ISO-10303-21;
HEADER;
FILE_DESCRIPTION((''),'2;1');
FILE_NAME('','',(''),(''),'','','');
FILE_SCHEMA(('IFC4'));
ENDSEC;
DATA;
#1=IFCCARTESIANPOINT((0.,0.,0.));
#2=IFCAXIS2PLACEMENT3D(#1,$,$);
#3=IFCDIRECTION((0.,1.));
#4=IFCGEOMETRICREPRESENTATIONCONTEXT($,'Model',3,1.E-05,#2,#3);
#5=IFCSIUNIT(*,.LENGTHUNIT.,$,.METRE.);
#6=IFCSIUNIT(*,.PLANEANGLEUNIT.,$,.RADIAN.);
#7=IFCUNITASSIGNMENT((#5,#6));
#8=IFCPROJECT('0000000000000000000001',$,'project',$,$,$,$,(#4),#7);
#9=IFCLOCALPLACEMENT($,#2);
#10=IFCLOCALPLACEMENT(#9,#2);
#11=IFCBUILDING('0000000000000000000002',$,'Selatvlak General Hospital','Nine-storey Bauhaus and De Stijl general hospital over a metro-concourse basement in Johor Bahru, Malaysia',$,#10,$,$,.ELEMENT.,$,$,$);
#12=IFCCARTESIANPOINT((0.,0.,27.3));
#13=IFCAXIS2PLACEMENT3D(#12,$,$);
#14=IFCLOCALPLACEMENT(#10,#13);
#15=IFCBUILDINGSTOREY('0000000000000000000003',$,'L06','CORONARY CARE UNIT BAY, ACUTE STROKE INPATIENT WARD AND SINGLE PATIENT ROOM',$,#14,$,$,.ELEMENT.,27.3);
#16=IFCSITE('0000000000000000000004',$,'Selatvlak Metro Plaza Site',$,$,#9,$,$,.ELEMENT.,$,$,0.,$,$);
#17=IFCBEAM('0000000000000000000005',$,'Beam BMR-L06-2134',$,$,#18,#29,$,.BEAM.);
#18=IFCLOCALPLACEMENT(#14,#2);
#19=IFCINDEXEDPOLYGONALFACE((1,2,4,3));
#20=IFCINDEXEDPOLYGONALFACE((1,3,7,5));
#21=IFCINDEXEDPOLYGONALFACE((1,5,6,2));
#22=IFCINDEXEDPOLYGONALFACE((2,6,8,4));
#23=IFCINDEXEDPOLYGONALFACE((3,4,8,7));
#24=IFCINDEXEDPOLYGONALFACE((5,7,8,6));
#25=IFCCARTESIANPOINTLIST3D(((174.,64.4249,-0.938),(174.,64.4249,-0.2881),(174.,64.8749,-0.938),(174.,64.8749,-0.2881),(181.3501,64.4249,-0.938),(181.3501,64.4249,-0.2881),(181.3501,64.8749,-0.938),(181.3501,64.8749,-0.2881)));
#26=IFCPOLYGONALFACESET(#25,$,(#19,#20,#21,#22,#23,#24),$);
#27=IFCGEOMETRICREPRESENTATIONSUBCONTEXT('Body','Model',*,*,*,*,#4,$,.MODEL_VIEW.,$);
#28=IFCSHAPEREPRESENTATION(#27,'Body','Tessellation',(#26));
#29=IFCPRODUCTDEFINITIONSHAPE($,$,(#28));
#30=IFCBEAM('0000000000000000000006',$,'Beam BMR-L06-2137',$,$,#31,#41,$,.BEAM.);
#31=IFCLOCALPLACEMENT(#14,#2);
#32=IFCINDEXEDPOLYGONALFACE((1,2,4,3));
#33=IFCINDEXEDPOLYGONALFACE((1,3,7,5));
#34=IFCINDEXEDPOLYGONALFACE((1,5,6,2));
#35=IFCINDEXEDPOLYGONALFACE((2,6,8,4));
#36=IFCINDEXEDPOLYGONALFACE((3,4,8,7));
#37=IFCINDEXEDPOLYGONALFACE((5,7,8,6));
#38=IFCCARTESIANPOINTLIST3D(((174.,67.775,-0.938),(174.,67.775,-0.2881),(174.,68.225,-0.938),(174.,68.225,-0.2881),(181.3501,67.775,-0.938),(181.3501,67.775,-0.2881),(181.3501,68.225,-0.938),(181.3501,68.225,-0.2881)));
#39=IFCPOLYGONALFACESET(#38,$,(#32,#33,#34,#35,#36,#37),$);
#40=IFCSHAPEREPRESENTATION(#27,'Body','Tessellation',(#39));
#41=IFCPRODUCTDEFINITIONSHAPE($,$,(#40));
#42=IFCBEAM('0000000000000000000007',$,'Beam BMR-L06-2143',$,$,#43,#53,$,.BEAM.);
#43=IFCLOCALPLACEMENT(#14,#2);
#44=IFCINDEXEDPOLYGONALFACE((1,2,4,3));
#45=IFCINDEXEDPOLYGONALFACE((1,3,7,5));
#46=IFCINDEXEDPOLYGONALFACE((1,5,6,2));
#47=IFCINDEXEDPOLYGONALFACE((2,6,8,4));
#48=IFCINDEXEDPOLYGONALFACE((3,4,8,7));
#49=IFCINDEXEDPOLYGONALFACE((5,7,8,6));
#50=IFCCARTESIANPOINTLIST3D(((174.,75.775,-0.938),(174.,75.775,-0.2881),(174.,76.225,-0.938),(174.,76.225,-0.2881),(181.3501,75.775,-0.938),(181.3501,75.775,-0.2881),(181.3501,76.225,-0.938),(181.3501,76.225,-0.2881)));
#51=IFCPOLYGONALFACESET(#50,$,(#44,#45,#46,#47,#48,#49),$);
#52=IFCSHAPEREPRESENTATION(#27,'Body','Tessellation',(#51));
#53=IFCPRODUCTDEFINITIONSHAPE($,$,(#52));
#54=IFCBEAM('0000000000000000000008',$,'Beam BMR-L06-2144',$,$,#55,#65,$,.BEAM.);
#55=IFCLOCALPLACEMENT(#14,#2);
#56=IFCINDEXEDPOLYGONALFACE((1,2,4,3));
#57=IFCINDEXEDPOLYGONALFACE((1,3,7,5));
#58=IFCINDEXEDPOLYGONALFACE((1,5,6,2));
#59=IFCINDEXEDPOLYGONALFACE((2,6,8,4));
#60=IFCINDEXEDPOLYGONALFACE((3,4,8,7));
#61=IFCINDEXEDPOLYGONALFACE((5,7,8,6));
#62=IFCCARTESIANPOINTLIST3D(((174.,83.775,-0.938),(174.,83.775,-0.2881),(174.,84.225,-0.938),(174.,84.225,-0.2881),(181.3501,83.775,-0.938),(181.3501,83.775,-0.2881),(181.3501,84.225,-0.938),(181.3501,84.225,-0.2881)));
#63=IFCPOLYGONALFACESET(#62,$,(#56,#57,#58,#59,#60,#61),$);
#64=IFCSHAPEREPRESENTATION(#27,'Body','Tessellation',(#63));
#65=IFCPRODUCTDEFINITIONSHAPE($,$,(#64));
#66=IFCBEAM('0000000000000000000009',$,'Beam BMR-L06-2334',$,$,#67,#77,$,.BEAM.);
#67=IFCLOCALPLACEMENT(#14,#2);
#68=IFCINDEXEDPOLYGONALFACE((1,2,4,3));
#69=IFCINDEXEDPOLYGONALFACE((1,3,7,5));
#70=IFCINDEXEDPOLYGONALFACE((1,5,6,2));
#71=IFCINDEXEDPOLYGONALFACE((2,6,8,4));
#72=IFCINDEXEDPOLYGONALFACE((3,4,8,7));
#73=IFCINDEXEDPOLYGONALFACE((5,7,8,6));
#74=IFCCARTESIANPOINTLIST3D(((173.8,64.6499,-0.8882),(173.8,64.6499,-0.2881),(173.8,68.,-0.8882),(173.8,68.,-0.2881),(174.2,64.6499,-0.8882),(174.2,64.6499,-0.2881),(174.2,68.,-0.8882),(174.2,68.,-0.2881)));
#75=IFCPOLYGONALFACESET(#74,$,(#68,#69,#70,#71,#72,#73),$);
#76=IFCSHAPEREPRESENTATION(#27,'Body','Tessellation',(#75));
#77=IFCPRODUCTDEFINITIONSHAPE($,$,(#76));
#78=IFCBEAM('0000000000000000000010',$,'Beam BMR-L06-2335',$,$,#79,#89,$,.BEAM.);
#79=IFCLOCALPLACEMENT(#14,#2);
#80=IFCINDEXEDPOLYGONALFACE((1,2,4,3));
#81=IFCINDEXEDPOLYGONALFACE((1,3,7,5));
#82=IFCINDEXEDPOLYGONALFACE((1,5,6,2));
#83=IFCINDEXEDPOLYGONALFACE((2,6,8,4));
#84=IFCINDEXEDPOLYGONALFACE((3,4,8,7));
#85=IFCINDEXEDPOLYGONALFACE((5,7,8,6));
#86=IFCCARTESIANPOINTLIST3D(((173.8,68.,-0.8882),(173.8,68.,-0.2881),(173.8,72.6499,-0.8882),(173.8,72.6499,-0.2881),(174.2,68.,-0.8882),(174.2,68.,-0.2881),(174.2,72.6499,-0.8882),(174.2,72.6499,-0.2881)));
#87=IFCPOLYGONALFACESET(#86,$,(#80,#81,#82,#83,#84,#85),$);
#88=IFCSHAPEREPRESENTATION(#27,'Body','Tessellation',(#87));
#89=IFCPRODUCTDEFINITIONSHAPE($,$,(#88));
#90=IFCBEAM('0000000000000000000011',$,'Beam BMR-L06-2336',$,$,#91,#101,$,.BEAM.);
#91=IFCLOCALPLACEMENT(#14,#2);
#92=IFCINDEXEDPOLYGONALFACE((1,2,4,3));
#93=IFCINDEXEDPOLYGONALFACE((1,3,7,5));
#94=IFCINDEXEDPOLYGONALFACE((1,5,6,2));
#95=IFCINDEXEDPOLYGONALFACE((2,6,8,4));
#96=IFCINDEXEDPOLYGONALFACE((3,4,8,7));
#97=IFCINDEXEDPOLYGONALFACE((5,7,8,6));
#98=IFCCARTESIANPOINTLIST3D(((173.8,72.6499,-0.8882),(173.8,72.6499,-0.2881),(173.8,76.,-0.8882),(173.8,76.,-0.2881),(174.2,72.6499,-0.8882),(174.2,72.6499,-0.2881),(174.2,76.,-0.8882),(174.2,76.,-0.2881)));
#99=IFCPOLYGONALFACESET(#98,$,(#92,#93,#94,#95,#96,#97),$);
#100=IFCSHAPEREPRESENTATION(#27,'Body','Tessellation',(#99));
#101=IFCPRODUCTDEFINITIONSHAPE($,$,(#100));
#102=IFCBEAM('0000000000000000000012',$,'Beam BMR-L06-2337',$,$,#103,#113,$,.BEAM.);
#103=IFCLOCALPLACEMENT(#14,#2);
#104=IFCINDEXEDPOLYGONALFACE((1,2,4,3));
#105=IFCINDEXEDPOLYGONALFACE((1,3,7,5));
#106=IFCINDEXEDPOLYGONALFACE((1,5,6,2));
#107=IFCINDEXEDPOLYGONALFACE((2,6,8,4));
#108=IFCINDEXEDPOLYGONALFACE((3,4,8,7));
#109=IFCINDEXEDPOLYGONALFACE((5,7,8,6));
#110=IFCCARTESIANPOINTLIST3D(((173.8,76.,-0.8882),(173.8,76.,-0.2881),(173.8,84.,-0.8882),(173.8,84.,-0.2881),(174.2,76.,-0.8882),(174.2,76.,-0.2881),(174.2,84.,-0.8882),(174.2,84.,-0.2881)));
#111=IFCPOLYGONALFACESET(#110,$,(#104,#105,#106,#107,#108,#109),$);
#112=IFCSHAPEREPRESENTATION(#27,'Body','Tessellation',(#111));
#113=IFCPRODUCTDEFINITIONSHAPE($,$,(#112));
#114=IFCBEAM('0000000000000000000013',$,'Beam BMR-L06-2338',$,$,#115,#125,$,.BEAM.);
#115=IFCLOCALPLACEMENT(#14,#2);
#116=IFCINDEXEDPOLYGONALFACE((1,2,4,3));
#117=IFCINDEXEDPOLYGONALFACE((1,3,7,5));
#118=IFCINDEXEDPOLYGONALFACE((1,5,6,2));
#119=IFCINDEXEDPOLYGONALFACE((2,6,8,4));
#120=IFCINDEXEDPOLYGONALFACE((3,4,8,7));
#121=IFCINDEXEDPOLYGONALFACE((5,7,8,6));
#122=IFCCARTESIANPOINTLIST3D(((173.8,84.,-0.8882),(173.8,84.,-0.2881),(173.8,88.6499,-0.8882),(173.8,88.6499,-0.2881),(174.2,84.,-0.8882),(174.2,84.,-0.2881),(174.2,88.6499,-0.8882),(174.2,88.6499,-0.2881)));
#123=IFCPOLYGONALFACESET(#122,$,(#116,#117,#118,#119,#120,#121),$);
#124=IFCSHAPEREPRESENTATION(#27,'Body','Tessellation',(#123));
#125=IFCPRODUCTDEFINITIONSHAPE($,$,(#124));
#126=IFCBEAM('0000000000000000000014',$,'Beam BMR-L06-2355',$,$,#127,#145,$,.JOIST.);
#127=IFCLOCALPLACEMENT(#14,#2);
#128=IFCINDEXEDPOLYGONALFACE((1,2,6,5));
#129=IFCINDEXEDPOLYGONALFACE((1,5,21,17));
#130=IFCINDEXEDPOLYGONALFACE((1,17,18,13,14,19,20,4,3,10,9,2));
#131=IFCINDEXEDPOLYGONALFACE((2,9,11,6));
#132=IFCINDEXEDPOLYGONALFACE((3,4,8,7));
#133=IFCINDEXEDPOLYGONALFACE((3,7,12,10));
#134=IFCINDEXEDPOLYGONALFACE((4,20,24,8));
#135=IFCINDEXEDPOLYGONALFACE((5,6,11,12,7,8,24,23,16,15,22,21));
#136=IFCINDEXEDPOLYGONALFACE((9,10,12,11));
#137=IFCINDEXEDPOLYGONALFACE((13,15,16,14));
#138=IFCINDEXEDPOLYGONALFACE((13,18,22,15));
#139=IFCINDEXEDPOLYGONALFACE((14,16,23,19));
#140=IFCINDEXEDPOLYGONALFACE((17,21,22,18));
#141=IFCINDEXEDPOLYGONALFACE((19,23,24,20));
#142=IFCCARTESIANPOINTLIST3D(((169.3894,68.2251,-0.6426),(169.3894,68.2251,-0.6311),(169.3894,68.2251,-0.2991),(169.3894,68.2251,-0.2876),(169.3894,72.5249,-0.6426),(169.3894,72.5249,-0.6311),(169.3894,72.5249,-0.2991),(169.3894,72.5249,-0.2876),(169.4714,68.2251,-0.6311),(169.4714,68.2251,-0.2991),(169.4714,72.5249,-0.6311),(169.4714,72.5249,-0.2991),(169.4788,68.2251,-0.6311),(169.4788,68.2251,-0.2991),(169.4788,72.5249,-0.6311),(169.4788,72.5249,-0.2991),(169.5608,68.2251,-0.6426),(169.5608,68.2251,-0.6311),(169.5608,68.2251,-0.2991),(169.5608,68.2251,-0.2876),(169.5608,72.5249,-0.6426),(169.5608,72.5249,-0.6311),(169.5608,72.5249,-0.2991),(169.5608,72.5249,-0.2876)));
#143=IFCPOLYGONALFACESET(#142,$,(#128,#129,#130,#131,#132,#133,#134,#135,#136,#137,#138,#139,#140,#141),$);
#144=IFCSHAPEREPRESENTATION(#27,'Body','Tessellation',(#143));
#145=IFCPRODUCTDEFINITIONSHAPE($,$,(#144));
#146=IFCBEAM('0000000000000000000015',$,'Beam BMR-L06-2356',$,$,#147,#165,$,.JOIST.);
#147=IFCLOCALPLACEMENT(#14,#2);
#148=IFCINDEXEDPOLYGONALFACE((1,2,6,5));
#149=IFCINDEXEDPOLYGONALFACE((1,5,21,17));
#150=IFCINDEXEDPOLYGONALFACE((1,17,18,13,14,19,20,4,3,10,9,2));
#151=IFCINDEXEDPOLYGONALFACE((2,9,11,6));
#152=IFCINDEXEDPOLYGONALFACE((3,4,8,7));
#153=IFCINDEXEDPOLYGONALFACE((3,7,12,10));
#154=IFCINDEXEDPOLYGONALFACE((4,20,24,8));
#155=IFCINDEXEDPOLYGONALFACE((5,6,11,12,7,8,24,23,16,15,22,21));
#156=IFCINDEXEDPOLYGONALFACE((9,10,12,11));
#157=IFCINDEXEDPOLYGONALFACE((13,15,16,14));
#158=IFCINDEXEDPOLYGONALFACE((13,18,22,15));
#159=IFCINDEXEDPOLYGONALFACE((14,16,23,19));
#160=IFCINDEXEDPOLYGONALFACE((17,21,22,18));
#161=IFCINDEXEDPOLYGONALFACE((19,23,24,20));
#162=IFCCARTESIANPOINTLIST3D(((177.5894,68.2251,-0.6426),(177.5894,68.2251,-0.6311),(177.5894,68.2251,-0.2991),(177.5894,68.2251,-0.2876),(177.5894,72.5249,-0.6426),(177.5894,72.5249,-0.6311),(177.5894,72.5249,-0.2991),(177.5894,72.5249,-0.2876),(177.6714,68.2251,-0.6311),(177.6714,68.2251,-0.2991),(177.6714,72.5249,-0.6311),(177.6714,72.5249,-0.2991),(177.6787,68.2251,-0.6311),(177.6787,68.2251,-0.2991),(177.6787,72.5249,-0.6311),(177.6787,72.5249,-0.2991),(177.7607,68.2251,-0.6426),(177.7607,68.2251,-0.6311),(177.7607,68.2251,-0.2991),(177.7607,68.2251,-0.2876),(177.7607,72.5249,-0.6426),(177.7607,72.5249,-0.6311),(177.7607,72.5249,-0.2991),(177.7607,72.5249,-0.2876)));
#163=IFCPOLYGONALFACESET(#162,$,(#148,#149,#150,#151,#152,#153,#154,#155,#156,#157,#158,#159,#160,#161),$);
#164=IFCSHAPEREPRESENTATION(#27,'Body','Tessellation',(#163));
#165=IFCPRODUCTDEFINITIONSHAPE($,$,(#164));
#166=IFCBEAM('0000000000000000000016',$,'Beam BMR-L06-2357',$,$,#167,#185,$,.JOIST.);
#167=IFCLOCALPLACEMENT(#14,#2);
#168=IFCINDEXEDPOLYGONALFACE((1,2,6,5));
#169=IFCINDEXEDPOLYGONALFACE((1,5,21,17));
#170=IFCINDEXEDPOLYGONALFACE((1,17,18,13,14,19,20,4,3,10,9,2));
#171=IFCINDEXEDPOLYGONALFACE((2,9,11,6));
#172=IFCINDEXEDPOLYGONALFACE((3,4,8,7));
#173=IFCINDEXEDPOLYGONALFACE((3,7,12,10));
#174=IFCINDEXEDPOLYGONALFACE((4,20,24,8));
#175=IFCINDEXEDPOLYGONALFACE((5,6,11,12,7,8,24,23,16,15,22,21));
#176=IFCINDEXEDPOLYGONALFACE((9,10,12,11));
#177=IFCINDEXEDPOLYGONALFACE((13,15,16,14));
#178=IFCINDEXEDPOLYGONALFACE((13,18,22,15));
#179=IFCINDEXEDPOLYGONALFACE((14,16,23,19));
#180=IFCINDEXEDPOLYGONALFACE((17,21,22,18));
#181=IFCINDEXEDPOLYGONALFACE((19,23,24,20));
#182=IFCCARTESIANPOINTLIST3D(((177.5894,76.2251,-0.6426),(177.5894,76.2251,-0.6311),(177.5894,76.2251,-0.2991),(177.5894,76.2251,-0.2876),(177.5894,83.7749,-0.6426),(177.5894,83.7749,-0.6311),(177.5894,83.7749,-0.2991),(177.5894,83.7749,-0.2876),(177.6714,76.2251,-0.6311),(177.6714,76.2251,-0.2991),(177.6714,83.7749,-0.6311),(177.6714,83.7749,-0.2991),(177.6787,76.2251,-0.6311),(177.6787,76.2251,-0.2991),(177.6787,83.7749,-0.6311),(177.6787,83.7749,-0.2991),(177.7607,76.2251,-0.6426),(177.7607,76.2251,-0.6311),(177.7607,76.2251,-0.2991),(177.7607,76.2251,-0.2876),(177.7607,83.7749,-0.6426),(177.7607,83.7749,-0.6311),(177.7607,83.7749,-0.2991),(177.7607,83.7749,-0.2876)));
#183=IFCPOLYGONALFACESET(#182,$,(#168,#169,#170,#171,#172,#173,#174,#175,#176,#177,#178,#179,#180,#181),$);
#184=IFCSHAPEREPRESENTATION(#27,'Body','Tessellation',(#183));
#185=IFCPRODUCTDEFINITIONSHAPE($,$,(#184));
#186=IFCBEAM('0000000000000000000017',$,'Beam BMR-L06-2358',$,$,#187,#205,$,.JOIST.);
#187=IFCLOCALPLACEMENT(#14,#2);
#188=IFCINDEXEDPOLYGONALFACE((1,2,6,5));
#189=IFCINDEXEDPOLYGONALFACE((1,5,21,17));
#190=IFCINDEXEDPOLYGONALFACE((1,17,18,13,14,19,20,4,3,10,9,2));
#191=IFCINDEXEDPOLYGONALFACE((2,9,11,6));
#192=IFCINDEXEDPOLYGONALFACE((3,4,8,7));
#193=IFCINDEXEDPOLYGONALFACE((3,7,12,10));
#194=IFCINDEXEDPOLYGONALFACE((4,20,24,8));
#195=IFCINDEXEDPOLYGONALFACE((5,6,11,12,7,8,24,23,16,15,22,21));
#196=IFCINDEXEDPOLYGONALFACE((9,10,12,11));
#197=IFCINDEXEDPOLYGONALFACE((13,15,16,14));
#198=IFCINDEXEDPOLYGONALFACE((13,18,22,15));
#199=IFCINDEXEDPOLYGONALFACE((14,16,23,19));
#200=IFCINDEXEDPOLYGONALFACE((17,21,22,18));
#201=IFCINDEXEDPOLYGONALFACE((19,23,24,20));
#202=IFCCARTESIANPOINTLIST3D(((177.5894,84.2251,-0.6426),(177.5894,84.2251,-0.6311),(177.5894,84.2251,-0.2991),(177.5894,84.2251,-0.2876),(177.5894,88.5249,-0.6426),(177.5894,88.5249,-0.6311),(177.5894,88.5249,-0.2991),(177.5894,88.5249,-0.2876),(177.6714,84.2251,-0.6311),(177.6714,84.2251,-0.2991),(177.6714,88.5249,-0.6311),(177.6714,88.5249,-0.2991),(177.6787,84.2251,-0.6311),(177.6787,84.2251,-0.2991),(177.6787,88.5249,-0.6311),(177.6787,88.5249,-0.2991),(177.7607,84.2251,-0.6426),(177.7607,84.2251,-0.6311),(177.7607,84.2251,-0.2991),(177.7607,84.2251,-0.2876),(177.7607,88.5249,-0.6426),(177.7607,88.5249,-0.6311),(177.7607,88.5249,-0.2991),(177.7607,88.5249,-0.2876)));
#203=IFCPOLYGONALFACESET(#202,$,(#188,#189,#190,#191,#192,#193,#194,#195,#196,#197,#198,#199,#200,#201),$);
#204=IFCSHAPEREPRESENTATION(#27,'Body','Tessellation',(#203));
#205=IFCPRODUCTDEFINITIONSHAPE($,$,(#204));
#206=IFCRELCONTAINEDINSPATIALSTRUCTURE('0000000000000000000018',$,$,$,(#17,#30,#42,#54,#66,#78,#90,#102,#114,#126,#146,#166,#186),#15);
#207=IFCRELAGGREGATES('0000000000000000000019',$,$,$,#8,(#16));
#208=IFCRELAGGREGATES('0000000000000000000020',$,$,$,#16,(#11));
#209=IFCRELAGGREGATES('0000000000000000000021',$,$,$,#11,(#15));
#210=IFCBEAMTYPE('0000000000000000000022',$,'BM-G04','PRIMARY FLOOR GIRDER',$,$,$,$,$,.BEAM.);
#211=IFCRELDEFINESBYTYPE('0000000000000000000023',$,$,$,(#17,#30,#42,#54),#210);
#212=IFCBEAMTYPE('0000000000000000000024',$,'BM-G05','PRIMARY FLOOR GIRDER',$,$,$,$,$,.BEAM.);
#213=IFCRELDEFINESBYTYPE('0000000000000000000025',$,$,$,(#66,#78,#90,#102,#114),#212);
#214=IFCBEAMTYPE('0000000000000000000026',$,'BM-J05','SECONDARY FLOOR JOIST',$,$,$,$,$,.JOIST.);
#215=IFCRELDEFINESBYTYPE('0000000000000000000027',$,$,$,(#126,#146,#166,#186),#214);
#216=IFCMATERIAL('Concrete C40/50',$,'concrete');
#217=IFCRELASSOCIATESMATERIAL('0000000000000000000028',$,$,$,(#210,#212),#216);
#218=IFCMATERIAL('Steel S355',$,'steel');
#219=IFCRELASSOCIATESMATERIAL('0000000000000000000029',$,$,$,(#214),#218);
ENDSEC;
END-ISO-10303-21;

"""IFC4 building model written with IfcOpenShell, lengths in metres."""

from ifc_helpers import new_model, si_unit, direction, frame, origin, origin_2d, place, context, subcontext, project, spatial, rectangle, i_section, extrude, material, material_profile, profile_set, type_object, element, save


model = new_model("IFC4")

# Units and contexts
model_context = context("Model", 3, precision=1e-05, world=origin(), true_north=direction((0.0, 1.0)))
body_context = subcontext(model_context, "Body", "Model", "MODEL_VIEW")
ifc_project = project(units=[si_unit("LENGTHUNIT", "METRE"), si_unit("PLANEANGLEUNIT", "RADIAN")], contexts=[model_context])

# Site, building, storey
site_placement = place(None, origin())
site = spatial("IfcSite", under=ifc_project, at=site_placement, Name="Selatvlak Metro Plaza Site", CompositionType="ELEMENT", RefElevation=0.0)
building_placement = place(site_placement, origin())
building = spatial("IfcBuilding", under=site, at=building_placement, Name="Selatvlak General Hospital", Description="Nine-storey Bauhaus and De Stijl general hospital over a metro-concourse basement in Johor Bahru, Malaysia", CompositionType="ELEMENT")
storey_placement = place(building_placement, frame((0.0, 0.0, 27.3)))
storey = spatial("IfcBuildingStorey", under=building, at=storey_placement, Name="L06", Description="CORONARY CARE UNIT BAY, ACUTE STROKE INPATIENT WARD AND SINGLE PATIENT ROOM", CompositionType="ELEMENT", Elevation=27.3)

# Beams
ifc_material_1 = material(Name="Concrete C40/50", Category="concrete")
ifc_material_profile_1 = material_profile(ifc_material_1, rectangle(XDim=0.45, YDim=0.6499, at=origin_2d()), Name="RC-BM 450x650")
ifc_profile_set_1 = profile_set([ifc_material_profile_1], Name="Concrete C40/50")
beam_type_1 = type_object("IfcBeamType", Name="BM-G04", Description="PRIMARY FLOOR GIRDER", PredefinedType="BEAM", material=ifc_profile_set_1)
for number, where, z_axis, x_axis, name in (
    (1, (174.0, 64.6499, -0.613), (1.0, 0.0, 0.0), (0.0, 1.0, 0.0), "Beam BMR-L06-2134"),
    (2, (174.0, 68.0, -0.613), (1.0, 0.0, 0.0), (0.0, 1.0, 0.0), "Beam BMR-L06-2137"),
    (3, (174.0, 76.0, -0.613), (1.0, 0.0, 0.0), (0.0, 1.0, 0.0), "Beam BMR-L06-2143"),
    (4, (174.0, 84.0, -0.613), (1.0, 0.0, 0.0), (0.0, 1.0, 0.0), "Beam BMR-L06-2144"),
):
    element("IfcBeam", number, at=place(storey_placement, frame(where, z_axis=z_axis, x_axis=x_axis)), inside=storey, type_object=beam_type_1, Name=name, PredefinedType="BEAM", context=body_context, shape_type="SweptSolid", body=[
        extrude(rectangle(XDim=0.45, YDim=0.6499, at=origin_2d()), origin(), (0.0, 0.0, 1.0), 7.3501),
    ])
ifc_material_profile_2 = material_profile(ifc_material_1, rectangle(XDim=0.3999, YDim=0.6001, at=origin_2d()), Name="RC-BM 400x600")
ifc_profile_set_2 = profile_set([ifc_material_profile_2], Name="Concrete C40/50")
beam_type_2 = type_object("IfcBeamType", Name="BM-G05", Description="PRIMARY FLOOR GIRDER", PredefinedType="BEAM", material=ifc_profile_set_2)
beam_1_placement = place(storey_placement, frame((174.0, 64.6499, -0.5881), z_axis=(0.0, 1.0, 0.0), x_axis=(-1.0, 0.0, 0.0)))
element("IfcBeam", 5, at=beam_1_placement, inside=storey, type_object=beam_type_2, Name="Beam BMR-L06-2334", PredefinedType="BEAM", context=body_context, shape_type="SweptSolid", body=[
    extrude(rectangle(XDim=0.3999, YDim=0.6001, at=origin_2d()), origin(), (0.0, 0.0, 1.0), 3.3501),
])
beam_2_placement = place(storey_placement, frame((174.0, 68.0, -0.5881), z_axis=(0.0, 1.0, 0.0), x_axis=(-1.0, 0.0, 0.0)))
element("IfcBeam", 6, at=beam_2_placement, inside=storey, type_object=beam_type_2, Name="Beam BMR-L06-2335", PredefinedType="BEAM", context=body_context, shape_type="SweptSolid", body=[
    extrude(rectangle(XDim=0.3999, YDim=0.6001, at=origin_2d()), origin(), (0.0, 0.0, 1.0), 4.6499),
])
beam_3_placement = place(storey_placement, frame((174.0, 72.6499, -0.5881), z_axis=(0.0, 1.0, 0.0), x_axis=(-1.0, 0.0, 0.0)))
element("IfcBeam", 7, at=beam_3_placement, inside=storey, type_object=beam_type_2, Name="Beam BMR-L06-2336", PredefinedType="BEAM", context=body_context, shape_type="SweptSolid", body=[
    extrude(rectangle(XDim=0.3999, YDim=0.6001, at=origin_2d()), origin(), (0.0, 0.0, 1.0), 3.3501),
])
beam_4_placement = place(storey_placement, frame((174.0, 76.0, -0.5881), z_axis=(0.0, 1.0, 0.0), x_axis=(-1.0, 0.0, 0.0)))
element("IfcBeam", 8, at=beam_4_placement, inside=storey, type_object=beam_type_2, Name="Beam BMR-L06-2337", PredefinedType="BEAM", context=body_context, shape_type="SweptSolid", body=[
    extrude(rectangle(XDim=0.3999, YDim=0.6001, at=origin_2d()), origin(), (0.0, 0.0, 1.0), 8.0),
])
beam_5_placement = place(storey_placement, frame((174.0, 84.0, -0.5881), z_axis=(0.0, 1.0, 0.0), x_axis=(-1.0, 0.0, 0.0)))
element("IfcBeam", 9, at=beam_5_placement, inside=storey, type_object=beam_type_2, Name="Beam BMR-L06-2338", PredefinedType="BEAM", context=body_context, shape_type="SweptSolid", body=[
    extrude(rectangle(XDim=0.3999, YDim=0.6001, at=origin_2d()), origin(), (0.0, 0.0, 1.0), 4.6499),
])
ifc_material_2 = material(Name="Steel S355", Category="steel")
ifc_material_profile_3 = material_profile(ifc_material_2, i_section(OverallWidth=0.1714, OverallDepth=0.355, WebThickness=0.0073, FlangeThickness=0.0115, at=origin_2d()), Name="UB 356x171x51")
ifc_profile_set_3 = profile_set([ifc_material_profile_3], Name="Steel S355")
beam_type_3 = type_object("IfcBeamType", Name="BM-J05", Description="SECONDARY FLOOR JOIST", PredefinedType="JOIST", material=ifc_profile_set_3)
for number, where, z_axis, x_axis, name in (
    (10, (169.4751, 68.2251, -0.4651), (0.0, 1.0, 0.0), (-1.0, 0.0, 0.0), "Beam BMR-L06-2355"),
    (11, (177.675, 68.2251, -0.4651), (0.0, 1.0, 0.0), (-1.0, 0.0, 0.0), "Beam BMR-L06-2356"),
):
    element("IfcBeam", number, at=place(storey_placement, frame(where, z_axis=z_axis, x_axis=x_axis)), inside=storey, type_object=beam_type_3, Name=name, PredefinedType="JOIST", context=body_context, shape_type="SweptSolid", body=[
        extrude(i_section(OverallWidth=0.1714, OverallDepth=0.355, WebThickness=0.0073, FlangeThickness=0.0115, at=origin_2d()), origin(), (0.0, 0.0, 1.0), 4.2998),
    ])
beam_6_placement = place(storey_placement, frame((177.675, 76.2251, -0.4651), z_axis=(0.0, 1.0, 0.0), x_axis=(-1.0, 0.0, 0.0)))
element("IfcBeam", 12, at=beam_6_placement, inside=storey, type_object=beam_type_3, Name="Beam BMR-L06-2357", PredefinedType="JOIST", context=body_context, shape_type="SweptSolid", body=[
    extrude(i_section(OverallWidth=0.1714, OverallDepth=0.355, WebThickness=0.0073, FlangeThickness=0.0115, at=origin_2d()), origin(), (0.0, 0.0, 1.0), 7.5498),
])
beam_7_placement = place(storey_placement, frame((177.675, 84.2251, -0.4651), z_axis=(0.0, 1.0, 0.0), x_axis=(-1.0, 0.0, 0.0)))
element("IfcBeam", 13, at=beam_7_placement, inside=storey, type_object=beam_type_3, Name="Beam BMR-L06-2358", PredefinedType="JOIST", context=body_context, shape_type="SweptSolid", body=[
    extrude(i_section(OverallWidth=0.1714, OverallDepth=0.355, WebThickness=0.0073, FlangeThickness=0.0115, at=origin_2d()), origin(), (0.0, 0.0, 1.0), 4.2998),
])

save(model, "model.ifc")
